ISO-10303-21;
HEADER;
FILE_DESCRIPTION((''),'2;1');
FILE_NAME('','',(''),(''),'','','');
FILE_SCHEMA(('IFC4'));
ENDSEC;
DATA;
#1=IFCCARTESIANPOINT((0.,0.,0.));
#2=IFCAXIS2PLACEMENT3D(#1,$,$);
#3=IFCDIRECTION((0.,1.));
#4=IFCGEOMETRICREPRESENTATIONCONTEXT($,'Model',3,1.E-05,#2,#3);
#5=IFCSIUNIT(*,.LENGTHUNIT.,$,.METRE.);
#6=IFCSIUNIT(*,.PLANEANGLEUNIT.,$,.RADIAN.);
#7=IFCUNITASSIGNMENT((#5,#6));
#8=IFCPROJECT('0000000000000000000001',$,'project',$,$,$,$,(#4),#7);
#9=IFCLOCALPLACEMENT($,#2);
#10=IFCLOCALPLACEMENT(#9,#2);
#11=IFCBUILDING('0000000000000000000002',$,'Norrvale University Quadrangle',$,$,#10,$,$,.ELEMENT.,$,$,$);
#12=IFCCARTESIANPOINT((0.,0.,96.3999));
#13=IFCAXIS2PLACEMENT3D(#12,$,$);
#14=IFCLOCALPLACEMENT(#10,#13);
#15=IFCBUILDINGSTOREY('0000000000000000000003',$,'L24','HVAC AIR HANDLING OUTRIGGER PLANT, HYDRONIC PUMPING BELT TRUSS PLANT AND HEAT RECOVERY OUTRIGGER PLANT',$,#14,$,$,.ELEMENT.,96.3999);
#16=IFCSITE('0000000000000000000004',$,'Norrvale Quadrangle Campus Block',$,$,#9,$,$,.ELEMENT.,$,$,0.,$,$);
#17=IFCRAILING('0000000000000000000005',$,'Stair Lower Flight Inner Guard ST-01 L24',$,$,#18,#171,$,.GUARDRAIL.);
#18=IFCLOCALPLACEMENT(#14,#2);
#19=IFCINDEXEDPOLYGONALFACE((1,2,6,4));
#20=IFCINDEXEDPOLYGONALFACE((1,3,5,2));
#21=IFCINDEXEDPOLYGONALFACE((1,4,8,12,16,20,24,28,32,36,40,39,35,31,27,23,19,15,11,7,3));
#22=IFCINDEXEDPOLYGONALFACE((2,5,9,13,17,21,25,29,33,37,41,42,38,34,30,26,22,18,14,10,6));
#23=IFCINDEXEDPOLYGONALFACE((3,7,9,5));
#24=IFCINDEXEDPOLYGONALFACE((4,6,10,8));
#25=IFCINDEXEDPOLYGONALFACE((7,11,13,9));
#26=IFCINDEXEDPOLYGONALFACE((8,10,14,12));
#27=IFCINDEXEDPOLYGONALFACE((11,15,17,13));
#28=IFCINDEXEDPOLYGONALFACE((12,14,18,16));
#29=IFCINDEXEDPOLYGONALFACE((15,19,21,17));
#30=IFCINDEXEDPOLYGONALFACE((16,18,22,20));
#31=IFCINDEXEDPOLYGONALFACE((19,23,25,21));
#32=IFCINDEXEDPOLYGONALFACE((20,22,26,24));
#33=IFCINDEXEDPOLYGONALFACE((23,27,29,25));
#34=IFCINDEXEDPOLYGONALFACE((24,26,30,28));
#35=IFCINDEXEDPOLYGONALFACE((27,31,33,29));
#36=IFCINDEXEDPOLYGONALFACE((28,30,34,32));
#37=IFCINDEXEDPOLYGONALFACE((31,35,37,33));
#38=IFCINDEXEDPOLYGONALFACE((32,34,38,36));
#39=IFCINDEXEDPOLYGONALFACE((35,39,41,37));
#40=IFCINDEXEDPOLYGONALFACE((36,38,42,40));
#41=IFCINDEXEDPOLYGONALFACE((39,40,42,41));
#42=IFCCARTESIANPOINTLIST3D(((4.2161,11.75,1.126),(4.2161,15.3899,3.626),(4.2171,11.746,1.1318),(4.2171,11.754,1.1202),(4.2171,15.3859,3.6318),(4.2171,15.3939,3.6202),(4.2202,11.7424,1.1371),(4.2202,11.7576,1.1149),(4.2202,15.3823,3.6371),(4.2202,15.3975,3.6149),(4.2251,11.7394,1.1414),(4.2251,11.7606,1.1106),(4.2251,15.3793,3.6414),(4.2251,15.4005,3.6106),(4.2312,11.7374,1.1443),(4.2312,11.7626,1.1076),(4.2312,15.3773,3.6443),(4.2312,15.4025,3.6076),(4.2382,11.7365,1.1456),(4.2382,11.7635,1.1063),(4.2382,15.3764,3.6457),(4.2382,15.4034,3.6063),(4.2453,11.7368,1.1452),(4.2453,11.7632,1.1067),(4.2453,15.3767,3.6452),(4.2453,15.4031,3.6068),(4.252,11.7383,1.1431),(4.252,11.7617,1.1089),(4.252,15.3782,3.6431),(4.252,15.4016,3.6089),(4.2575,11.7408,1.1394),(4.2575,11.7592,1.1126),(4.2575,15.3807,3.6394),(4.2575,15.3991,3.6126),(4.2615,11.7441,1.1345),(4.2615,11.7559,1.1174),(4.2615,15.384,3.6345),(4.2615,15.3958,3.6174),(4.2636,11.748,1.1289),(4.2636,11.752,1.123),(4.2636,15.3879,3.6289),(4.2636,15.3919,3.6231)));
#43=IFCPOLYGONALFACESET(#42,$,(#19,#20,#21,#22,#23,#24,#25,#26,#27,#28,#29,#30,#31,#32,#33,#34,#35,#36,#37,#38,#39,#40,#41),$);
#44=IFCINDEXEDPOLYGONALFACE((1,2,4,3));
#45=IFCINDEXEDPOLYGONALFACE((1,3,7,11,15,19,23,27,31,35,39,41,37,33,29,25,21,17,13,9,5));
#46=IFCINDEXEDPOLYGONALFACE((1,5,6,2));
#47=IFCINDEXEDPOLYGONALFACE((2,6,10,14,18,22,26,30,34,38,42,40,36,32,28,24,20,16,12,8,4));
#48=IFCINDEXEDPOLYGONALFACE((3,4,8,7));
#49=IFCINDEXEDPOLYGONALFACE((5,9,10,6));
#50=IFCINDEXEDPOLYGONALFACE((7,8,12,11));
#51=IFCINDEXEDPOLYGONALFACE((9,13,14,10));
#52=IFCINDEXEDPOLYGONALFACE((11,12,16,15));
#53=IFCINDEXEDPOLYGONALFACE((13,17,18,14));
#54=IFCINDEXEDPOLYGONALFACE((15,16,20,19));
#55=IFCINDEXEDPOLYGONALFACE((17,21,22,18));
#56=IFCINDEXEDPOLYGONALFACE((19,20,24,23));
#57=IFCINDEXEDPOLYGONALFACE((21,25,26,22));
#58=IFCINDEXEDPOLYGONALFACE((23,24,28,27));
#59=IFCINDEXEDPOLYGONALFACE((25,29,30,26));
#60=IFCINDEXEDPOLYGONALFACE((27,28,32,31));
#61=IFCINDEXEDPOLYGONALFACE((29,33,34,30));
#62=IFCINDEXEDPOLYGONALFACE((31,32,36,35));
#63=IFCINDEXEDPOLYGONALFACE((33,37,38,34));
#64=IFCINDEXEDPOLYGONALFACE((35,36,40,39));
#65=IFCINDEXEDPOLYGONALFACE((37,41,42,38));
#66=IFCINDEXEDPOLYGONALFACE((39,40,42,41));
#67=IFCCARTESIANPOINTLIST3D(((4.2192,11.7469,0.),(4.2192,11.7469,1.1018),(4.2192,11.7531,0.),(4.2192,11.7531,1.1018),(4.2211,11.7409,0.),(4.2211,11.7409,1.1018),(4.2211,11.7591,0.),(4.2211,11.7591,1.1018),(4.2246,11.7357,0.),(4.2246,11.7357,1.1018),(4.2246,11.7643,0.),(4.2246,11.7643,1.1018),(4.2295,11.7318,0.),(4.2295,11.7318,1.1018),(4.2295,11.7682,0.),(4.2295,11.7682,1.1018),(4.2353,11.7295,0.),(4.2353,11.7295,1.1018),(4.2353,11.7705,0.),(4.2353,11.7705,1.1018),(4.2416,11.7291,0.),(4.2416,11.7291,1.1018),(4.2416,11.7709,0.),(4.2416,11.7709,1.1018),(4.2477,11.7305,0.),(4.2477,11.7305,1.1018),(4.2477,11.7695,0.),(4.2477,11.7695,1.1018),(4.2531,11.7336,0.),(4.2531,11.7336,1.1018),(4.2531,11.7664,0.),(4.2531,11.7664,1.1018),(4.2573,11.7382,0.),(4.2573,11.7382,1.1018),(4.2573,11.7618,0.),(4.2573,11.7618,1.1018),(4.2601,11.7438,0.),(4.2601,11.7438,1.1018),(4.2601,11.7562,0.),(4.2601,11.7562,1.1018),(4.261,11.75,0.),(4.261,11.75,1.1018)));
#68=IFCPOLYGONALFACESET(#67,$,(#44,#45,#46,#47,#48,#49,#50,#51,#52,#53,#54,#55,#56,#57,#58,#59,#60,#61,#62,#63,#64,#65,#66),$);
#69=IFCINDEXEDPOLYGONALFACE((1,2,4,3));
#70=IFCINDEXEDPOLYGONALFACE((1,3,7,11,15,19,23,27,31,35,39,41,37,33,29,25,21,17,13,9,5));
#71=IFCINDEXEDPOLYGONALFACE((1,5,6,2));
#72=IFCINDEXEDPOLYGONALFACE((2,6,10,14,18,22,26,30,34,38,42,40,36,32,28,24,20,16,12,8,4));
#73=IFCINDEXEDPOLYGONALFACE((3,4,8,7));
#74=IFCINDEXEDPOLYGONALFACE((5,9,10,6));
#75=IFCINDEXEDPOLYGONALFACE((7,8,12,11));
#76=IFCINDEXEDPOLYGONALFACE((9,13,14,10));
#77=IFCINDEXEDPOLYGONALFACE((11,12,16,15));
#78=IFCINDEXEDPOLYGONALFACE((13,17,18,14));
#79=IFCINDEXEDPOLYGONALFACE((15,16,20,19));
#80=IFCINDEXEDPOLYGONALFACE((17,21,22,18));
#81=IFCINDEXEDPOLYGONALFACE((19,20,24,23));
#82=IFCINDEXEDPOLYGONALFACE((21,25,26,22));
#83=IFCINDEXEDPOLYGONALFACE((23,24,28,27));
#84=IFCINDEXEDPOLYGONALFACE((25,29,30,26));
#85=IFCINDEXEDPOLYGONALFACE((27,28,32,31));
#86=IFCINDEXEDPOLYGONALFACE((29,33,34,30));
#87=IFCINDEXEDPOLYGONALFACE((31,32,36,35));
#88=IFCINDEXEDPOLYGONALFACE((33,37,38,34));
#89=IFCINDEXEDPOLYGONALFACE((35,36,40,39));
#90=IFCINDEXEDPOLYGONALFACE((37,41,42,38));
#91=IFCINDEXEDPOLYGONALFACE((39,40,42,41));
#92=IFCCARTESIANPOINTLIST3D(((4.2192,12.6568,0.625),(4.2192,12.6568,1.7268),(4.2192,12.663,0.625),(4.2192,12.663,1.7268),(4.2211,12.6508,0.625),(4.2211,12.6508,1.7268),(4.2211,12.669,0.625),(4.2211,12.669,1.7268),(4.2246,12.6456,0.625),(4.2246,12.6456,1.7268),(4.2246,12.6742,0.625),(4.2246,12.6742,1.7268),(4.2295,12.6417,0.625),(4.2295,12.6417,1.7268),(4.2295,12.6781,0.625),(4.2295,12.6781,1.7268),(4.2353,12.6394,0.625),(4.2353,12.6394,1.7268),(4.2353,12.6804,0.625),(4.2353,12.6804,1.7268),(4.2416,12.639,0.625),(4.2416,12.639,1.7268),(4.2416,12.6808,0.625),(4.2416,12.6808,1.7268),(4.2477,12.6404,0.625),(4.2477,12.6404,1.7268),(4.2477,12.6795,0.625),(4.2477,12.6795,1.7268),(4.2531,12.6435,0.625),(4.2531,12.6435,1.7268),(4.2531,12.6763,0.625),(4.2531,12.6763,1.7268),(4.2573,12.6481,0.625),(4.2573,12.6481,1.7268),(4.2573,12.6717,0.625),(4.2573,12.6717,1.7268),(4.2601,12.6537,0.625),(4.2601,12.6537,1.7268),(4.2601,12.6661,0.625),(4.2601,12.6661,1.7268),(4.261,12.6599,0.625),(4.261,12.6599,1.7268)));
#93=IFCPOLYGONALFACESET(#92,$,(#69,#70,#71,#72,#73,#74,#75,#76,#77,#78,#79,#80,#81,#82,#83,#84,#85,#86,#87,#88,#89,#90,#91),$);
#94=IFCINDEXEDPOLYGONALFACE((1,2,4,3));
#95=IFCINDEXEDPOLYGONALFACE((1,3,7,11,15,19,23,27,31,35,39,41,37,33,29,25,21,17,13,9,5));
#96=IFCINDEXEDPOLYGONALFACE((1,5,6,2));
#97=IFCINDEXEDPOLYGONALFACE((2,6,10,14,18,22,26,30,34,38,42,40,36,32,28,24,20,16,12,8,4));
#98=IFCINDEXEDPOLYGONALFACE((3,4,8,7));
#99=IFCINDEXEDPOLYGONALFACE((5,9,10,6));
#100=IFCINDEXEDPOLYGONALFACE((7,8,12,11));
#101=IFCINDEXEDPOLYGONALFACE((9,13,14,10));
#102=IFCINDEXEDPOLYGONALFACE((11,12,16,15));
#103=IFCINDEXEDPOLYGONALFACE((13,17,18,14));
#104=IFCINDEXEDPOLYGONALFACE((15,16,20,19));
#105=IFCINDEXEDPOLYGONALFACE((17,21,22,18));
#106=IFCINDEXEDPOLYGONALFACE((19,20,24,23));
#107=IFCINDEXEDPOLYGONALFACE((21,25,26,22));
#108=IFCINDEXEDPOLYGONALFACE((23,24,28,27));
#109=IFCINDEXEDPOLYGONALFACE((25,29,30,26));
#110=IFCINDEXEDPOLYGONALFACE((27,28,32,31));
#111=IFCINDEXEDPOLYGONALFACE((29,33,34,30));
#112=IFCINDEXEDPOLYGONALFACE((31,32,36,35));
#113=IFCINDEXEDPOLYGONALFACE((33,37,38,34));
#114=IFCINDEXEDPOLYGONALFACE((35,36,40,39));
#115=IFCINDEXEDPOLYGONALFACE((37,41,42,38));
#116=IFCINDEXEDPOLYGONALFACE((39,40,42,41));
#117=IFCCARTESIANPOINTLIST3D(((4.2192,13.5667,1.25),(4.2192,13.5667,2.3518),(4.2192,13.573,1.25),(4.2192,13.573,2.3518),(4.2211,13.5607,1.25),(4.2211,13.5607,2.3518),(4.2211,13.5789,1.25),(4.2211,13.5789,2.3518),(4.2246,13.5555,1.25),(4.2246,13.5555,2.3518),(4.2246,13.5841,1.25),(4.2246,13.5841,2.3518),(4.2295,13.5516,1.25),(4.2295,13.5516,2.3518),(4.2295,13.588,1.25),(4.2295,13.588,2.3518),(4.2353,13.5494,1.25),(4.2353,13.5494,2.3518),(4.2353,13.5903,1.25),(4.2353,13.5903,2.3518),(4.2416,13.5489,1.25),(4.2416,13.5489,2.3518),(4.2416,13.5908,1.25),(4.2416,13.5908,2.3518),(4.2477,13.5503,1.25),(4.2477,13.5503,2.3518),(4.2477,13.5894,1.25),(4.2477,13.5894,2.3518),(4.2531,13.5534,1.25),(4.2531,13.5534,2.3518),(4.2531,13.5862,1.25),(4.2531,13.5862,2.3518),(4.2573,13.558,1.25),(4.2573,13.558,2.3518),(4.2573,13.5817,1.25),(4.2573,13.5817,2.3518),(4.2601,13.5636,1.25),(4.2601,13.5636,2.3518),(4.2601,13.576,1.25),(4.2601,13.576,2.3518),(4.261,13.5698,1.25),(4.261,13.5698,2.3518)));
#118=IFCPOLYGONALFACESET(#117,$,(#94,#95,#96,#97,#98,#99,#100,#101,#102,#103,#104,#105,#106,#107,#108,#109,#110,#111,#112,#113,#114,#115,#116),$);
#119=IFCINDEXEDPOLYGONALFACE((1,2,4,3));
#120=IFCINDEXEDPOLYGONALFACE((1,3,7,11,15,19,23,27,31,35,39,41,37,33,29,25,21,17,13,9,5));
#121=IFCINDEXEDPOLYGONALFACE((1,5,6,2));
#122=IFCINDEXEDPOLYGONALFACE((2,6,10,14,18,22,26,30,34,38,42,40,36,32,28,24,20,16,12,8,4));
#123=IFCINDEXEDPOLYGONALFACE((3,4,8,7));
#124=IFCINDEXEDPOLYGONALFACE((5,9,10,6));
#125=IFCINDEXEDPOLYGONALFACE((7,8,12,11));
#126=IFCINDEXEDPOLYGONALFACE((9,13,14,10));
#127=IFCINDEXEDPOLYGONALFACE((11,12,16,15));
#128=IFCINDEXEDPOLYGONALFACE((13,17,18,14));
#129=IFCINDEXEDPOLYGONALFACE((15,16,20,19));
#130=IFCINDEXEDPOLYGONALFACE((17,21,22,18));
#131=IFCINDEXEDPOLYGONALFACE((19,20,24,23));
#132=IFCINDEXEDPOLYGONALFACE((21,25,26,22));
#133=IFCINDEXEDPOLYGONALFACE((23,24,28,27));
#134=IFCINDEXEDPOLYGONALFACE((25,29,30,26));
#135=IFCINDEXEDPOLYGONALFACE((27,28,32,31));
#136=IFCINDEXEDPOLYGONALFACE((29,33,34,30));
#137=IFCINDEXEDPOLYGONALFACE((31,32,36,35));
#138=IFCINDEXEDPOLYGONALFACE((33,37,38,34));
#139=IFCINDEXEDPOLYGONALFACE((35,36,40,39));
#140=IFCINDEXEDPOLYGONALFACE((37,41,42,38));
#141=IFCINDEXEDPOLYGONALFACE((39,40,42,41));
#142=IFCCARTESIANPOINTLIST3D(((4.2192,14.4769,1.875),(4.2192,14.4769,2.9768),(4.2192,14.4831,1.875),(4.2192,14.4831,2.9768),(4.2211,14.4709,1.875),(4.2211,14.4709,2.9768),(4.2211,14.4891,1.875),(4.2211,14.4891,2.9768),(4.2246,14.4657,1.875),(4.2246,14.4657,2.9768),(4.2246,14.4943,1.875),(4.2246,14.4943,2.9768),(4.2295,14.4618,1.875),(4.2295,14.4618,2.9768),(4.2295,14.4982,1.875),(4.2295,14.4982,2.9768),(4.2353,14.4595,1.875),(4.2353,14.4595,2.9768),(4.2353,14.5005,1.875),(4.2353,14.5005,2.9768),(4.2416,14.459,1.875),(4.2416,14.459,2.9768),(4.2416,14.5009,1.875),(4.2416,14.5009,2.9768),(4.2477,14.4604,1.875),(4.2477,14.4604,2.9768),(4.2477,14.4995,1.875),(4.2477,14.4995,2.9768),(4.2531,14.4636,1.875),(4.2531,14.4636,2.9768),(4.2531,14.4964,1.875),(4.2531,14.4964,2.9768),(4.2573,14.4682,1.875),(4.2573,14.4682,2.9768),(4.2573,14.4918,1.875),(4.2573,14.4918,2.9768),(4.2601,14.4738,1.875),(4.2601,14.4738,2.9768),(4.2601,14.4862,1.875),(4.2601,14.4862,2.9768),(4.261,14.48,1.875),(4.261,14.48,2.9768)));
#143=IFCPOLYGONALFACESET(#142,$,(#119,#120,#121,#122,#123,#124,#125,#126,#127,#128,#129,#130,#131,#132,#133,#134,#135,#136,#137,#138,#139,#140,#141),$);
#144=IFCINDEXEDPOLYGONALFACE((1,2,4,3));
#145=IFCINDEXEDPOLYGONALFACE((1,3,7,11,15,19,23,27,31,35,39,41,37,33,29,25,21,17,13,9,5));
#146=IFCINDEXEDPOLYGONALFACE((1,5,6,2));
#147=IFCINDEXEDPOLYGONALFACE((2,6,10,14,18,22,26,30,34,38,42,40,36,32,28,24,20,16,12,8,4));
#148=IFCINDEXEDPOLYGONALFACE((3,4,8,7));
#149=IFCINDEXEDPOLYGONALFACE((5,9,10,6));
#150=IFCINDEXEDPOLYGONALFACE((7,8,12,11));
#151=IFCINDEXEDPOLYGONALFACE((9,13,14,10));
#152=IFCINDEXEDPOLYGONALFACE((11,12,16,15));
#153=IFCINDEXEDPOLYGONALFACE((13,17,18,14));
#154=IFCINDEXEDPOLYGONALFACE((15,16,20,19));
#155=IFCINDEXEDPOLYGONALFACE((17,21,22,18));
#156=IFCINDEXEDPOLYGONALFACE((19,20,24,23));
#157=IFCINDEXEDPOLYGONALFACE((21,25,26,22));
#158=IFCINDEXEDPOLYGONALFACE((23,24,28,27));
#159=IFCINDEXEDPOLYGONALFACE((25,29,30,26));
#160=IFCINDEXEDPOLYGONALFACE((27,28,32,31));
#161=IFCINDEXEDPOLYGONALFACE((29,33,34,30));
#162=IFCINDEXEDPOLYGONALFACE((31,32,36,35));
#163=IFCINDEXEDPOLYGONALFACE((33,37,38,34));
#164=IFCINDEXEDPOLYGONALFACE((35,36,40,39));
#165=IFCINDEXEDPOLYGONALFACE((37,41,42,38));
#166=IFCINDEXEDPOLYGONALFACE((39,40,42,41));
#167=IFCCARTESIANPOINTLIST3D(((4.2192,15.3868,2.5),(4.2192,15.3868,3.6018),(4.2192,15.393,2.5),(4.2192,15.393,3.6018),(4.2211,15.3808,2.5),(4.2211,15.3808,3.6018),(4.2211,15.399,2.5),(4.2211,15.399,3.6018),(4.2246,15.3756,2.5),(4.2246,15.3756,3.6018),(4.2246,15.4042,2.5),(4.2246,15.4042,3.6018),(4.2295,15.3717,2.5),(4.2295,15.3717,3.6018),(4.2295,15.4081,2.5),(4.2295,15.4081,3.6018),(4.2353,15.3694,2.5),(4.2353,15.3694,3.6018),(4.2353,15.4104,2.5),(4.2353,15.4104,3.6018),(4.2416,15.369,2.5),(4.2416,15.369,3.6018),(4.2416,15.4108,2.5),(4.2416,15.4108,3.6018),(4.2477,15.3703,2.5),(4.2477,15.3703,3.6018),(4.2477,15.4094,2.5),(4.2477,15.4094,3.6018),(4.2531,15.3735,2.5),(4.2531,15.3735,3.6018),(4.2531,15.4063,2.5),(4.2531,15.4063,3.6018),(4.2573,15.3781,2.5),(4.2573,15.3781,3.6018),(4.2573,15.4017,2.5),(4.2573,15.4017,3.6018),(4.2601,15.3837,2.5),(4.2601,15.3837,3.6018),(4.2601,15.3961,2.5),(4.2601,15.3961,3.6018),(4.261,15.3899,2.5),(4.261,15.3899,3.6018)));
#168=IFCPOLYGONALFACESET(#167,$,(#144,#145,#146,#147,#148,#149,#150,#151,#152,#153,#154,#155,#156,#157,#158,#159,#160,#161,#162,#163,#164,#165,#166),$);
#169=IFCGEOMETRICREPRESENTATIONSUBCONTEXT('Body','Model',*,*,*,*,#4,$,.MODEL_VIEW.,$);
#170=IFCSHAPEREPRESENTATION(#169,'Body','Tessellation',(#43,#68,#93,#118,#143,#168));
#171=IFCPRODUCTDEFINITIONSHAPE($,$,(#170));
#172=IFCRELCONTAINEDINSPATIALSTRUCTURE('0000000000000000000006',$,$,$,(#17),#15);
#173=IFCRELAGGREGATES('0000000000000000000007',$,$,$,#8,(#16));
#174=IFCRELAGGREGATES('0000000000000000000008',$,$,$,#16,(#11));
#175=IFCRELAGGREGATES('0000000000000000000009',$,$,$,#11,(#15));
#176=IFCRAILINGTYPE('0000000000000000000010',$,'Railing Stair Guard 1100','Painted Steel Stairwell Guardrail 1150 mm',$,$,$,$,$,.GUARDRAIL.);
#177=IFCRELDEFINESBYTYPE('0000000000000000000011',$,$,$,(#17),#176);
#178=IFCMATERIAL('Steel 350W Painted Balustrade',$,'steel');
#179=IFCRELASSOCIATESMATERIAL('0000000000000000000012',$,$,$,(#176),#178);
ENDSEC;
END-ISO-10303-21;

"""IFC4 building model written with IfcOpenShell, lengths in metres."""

from ifc_helpers import new_model, si_unit, direction, frame, origin, origin_2d, place, context, subcontext, project, spatial, circle, extrude, material, type_object, element, save


model = new_model("IFC4")

# Units and contexts
model_context = context("Model", 3, precision=1e-05, world=origin(), true_north=direction((0.0, 1.0)))
body_context = subcontext(model_context, "Body", "Model", "MODEL_VIEW")
ifc_project = project(units=[si_unit("LENGTHUNIT", "METRE"), si_unit("PLANEANGLEUNIT", "RADIAN")], contexts=[model_context])

# Site, building, storey
site_placement = place(None, origin())
site = spatial("IfcSite", under=ifc_project, at=site_placement, Name="Norrvale Quadrangle Campus Block", CompositionType="ELEMENT", RefElevation=0.0)
building_placement = place(site_placement, origin())
building = spatial("IfcBuilding", under=site, at=building_placement, Name="Norrvale University Quadrangle", CompositionType="ELEMENT")
storey_placement = place(building_placement, frame((0.0, 0.0, 96.3999)))
storey = spatial("IfcBuildingStorey", under=building, at=storey_placement, Name="L24", Description="HVAC AIR HANDLING OUTRIGGER PLANT, HYDRONIC PUMPING BELT TRUSS PLANT AND HEAT RECOVERY OUTRIGGER PLANT", CompositionType="ELEMENT", Elevation=96.3999)

# Railing
ifc_material_1 = material(Name="Steel 350W Painted Balustrade", Category="steel")
railing_type_1 = type_object("IfcRailingType", Name="Railing Stair Guard 1100", Description="Painted Steel Stairwell Guardrail 1150 mm", PredefinedType="GUARDRAIL", material=ifc_material_1)
railing_1_placement = place(storey_placement, frame((4.24, 11.75, 0.0)))
element("IfcRailing", 1, at=railing_1_placement, inside=storey, type_object=railing_type_1, Name="Stair Lower Flight Inner Guard ST-01 L24", PredefinedType="GUARDRAIL", context=body_context, shape_type="SweptSolid", body=[
    extrude(circle(Radius=0.0239, at=origin_2d()), frame((0.0, 0.0, 1.126), z_axis=(0.0, 0.824298, 0.566156), x_axis=(-1.0, 0.0, 0.0)), (0.0, 0.0, 1.0), 4.4158),
    extrude(circle(Radius=0.021, at=origin_2d()), origin(), (0.0, 0.0, 1.0), 1.1018),
    extrude(circle(Radius=0.021, at=origin_2d()), frame((0.0, 0.9099, 0.625)), (0.0, 0.0, 1.0), 1.1018),
    extrude(circle(Radius=0.021, at=origin_2d()), frame((0.0, 1.8198, 1.25)), (0.0, 0.0, 1.0), 1.1018),
    extrude(circle(Radius=0.021, at=origin_2d()), frame((0.0, 2.73, 1.875)), (0.0, 0.0, 1.0), 1.1018),
    extrude(circle(Radius=0.021, at=origin_2d()), frame((0.0, 3.6399, 2.5)), (0.0, 0.0, 1.0), 1.1018),
])

save(model, "model.ifc")
